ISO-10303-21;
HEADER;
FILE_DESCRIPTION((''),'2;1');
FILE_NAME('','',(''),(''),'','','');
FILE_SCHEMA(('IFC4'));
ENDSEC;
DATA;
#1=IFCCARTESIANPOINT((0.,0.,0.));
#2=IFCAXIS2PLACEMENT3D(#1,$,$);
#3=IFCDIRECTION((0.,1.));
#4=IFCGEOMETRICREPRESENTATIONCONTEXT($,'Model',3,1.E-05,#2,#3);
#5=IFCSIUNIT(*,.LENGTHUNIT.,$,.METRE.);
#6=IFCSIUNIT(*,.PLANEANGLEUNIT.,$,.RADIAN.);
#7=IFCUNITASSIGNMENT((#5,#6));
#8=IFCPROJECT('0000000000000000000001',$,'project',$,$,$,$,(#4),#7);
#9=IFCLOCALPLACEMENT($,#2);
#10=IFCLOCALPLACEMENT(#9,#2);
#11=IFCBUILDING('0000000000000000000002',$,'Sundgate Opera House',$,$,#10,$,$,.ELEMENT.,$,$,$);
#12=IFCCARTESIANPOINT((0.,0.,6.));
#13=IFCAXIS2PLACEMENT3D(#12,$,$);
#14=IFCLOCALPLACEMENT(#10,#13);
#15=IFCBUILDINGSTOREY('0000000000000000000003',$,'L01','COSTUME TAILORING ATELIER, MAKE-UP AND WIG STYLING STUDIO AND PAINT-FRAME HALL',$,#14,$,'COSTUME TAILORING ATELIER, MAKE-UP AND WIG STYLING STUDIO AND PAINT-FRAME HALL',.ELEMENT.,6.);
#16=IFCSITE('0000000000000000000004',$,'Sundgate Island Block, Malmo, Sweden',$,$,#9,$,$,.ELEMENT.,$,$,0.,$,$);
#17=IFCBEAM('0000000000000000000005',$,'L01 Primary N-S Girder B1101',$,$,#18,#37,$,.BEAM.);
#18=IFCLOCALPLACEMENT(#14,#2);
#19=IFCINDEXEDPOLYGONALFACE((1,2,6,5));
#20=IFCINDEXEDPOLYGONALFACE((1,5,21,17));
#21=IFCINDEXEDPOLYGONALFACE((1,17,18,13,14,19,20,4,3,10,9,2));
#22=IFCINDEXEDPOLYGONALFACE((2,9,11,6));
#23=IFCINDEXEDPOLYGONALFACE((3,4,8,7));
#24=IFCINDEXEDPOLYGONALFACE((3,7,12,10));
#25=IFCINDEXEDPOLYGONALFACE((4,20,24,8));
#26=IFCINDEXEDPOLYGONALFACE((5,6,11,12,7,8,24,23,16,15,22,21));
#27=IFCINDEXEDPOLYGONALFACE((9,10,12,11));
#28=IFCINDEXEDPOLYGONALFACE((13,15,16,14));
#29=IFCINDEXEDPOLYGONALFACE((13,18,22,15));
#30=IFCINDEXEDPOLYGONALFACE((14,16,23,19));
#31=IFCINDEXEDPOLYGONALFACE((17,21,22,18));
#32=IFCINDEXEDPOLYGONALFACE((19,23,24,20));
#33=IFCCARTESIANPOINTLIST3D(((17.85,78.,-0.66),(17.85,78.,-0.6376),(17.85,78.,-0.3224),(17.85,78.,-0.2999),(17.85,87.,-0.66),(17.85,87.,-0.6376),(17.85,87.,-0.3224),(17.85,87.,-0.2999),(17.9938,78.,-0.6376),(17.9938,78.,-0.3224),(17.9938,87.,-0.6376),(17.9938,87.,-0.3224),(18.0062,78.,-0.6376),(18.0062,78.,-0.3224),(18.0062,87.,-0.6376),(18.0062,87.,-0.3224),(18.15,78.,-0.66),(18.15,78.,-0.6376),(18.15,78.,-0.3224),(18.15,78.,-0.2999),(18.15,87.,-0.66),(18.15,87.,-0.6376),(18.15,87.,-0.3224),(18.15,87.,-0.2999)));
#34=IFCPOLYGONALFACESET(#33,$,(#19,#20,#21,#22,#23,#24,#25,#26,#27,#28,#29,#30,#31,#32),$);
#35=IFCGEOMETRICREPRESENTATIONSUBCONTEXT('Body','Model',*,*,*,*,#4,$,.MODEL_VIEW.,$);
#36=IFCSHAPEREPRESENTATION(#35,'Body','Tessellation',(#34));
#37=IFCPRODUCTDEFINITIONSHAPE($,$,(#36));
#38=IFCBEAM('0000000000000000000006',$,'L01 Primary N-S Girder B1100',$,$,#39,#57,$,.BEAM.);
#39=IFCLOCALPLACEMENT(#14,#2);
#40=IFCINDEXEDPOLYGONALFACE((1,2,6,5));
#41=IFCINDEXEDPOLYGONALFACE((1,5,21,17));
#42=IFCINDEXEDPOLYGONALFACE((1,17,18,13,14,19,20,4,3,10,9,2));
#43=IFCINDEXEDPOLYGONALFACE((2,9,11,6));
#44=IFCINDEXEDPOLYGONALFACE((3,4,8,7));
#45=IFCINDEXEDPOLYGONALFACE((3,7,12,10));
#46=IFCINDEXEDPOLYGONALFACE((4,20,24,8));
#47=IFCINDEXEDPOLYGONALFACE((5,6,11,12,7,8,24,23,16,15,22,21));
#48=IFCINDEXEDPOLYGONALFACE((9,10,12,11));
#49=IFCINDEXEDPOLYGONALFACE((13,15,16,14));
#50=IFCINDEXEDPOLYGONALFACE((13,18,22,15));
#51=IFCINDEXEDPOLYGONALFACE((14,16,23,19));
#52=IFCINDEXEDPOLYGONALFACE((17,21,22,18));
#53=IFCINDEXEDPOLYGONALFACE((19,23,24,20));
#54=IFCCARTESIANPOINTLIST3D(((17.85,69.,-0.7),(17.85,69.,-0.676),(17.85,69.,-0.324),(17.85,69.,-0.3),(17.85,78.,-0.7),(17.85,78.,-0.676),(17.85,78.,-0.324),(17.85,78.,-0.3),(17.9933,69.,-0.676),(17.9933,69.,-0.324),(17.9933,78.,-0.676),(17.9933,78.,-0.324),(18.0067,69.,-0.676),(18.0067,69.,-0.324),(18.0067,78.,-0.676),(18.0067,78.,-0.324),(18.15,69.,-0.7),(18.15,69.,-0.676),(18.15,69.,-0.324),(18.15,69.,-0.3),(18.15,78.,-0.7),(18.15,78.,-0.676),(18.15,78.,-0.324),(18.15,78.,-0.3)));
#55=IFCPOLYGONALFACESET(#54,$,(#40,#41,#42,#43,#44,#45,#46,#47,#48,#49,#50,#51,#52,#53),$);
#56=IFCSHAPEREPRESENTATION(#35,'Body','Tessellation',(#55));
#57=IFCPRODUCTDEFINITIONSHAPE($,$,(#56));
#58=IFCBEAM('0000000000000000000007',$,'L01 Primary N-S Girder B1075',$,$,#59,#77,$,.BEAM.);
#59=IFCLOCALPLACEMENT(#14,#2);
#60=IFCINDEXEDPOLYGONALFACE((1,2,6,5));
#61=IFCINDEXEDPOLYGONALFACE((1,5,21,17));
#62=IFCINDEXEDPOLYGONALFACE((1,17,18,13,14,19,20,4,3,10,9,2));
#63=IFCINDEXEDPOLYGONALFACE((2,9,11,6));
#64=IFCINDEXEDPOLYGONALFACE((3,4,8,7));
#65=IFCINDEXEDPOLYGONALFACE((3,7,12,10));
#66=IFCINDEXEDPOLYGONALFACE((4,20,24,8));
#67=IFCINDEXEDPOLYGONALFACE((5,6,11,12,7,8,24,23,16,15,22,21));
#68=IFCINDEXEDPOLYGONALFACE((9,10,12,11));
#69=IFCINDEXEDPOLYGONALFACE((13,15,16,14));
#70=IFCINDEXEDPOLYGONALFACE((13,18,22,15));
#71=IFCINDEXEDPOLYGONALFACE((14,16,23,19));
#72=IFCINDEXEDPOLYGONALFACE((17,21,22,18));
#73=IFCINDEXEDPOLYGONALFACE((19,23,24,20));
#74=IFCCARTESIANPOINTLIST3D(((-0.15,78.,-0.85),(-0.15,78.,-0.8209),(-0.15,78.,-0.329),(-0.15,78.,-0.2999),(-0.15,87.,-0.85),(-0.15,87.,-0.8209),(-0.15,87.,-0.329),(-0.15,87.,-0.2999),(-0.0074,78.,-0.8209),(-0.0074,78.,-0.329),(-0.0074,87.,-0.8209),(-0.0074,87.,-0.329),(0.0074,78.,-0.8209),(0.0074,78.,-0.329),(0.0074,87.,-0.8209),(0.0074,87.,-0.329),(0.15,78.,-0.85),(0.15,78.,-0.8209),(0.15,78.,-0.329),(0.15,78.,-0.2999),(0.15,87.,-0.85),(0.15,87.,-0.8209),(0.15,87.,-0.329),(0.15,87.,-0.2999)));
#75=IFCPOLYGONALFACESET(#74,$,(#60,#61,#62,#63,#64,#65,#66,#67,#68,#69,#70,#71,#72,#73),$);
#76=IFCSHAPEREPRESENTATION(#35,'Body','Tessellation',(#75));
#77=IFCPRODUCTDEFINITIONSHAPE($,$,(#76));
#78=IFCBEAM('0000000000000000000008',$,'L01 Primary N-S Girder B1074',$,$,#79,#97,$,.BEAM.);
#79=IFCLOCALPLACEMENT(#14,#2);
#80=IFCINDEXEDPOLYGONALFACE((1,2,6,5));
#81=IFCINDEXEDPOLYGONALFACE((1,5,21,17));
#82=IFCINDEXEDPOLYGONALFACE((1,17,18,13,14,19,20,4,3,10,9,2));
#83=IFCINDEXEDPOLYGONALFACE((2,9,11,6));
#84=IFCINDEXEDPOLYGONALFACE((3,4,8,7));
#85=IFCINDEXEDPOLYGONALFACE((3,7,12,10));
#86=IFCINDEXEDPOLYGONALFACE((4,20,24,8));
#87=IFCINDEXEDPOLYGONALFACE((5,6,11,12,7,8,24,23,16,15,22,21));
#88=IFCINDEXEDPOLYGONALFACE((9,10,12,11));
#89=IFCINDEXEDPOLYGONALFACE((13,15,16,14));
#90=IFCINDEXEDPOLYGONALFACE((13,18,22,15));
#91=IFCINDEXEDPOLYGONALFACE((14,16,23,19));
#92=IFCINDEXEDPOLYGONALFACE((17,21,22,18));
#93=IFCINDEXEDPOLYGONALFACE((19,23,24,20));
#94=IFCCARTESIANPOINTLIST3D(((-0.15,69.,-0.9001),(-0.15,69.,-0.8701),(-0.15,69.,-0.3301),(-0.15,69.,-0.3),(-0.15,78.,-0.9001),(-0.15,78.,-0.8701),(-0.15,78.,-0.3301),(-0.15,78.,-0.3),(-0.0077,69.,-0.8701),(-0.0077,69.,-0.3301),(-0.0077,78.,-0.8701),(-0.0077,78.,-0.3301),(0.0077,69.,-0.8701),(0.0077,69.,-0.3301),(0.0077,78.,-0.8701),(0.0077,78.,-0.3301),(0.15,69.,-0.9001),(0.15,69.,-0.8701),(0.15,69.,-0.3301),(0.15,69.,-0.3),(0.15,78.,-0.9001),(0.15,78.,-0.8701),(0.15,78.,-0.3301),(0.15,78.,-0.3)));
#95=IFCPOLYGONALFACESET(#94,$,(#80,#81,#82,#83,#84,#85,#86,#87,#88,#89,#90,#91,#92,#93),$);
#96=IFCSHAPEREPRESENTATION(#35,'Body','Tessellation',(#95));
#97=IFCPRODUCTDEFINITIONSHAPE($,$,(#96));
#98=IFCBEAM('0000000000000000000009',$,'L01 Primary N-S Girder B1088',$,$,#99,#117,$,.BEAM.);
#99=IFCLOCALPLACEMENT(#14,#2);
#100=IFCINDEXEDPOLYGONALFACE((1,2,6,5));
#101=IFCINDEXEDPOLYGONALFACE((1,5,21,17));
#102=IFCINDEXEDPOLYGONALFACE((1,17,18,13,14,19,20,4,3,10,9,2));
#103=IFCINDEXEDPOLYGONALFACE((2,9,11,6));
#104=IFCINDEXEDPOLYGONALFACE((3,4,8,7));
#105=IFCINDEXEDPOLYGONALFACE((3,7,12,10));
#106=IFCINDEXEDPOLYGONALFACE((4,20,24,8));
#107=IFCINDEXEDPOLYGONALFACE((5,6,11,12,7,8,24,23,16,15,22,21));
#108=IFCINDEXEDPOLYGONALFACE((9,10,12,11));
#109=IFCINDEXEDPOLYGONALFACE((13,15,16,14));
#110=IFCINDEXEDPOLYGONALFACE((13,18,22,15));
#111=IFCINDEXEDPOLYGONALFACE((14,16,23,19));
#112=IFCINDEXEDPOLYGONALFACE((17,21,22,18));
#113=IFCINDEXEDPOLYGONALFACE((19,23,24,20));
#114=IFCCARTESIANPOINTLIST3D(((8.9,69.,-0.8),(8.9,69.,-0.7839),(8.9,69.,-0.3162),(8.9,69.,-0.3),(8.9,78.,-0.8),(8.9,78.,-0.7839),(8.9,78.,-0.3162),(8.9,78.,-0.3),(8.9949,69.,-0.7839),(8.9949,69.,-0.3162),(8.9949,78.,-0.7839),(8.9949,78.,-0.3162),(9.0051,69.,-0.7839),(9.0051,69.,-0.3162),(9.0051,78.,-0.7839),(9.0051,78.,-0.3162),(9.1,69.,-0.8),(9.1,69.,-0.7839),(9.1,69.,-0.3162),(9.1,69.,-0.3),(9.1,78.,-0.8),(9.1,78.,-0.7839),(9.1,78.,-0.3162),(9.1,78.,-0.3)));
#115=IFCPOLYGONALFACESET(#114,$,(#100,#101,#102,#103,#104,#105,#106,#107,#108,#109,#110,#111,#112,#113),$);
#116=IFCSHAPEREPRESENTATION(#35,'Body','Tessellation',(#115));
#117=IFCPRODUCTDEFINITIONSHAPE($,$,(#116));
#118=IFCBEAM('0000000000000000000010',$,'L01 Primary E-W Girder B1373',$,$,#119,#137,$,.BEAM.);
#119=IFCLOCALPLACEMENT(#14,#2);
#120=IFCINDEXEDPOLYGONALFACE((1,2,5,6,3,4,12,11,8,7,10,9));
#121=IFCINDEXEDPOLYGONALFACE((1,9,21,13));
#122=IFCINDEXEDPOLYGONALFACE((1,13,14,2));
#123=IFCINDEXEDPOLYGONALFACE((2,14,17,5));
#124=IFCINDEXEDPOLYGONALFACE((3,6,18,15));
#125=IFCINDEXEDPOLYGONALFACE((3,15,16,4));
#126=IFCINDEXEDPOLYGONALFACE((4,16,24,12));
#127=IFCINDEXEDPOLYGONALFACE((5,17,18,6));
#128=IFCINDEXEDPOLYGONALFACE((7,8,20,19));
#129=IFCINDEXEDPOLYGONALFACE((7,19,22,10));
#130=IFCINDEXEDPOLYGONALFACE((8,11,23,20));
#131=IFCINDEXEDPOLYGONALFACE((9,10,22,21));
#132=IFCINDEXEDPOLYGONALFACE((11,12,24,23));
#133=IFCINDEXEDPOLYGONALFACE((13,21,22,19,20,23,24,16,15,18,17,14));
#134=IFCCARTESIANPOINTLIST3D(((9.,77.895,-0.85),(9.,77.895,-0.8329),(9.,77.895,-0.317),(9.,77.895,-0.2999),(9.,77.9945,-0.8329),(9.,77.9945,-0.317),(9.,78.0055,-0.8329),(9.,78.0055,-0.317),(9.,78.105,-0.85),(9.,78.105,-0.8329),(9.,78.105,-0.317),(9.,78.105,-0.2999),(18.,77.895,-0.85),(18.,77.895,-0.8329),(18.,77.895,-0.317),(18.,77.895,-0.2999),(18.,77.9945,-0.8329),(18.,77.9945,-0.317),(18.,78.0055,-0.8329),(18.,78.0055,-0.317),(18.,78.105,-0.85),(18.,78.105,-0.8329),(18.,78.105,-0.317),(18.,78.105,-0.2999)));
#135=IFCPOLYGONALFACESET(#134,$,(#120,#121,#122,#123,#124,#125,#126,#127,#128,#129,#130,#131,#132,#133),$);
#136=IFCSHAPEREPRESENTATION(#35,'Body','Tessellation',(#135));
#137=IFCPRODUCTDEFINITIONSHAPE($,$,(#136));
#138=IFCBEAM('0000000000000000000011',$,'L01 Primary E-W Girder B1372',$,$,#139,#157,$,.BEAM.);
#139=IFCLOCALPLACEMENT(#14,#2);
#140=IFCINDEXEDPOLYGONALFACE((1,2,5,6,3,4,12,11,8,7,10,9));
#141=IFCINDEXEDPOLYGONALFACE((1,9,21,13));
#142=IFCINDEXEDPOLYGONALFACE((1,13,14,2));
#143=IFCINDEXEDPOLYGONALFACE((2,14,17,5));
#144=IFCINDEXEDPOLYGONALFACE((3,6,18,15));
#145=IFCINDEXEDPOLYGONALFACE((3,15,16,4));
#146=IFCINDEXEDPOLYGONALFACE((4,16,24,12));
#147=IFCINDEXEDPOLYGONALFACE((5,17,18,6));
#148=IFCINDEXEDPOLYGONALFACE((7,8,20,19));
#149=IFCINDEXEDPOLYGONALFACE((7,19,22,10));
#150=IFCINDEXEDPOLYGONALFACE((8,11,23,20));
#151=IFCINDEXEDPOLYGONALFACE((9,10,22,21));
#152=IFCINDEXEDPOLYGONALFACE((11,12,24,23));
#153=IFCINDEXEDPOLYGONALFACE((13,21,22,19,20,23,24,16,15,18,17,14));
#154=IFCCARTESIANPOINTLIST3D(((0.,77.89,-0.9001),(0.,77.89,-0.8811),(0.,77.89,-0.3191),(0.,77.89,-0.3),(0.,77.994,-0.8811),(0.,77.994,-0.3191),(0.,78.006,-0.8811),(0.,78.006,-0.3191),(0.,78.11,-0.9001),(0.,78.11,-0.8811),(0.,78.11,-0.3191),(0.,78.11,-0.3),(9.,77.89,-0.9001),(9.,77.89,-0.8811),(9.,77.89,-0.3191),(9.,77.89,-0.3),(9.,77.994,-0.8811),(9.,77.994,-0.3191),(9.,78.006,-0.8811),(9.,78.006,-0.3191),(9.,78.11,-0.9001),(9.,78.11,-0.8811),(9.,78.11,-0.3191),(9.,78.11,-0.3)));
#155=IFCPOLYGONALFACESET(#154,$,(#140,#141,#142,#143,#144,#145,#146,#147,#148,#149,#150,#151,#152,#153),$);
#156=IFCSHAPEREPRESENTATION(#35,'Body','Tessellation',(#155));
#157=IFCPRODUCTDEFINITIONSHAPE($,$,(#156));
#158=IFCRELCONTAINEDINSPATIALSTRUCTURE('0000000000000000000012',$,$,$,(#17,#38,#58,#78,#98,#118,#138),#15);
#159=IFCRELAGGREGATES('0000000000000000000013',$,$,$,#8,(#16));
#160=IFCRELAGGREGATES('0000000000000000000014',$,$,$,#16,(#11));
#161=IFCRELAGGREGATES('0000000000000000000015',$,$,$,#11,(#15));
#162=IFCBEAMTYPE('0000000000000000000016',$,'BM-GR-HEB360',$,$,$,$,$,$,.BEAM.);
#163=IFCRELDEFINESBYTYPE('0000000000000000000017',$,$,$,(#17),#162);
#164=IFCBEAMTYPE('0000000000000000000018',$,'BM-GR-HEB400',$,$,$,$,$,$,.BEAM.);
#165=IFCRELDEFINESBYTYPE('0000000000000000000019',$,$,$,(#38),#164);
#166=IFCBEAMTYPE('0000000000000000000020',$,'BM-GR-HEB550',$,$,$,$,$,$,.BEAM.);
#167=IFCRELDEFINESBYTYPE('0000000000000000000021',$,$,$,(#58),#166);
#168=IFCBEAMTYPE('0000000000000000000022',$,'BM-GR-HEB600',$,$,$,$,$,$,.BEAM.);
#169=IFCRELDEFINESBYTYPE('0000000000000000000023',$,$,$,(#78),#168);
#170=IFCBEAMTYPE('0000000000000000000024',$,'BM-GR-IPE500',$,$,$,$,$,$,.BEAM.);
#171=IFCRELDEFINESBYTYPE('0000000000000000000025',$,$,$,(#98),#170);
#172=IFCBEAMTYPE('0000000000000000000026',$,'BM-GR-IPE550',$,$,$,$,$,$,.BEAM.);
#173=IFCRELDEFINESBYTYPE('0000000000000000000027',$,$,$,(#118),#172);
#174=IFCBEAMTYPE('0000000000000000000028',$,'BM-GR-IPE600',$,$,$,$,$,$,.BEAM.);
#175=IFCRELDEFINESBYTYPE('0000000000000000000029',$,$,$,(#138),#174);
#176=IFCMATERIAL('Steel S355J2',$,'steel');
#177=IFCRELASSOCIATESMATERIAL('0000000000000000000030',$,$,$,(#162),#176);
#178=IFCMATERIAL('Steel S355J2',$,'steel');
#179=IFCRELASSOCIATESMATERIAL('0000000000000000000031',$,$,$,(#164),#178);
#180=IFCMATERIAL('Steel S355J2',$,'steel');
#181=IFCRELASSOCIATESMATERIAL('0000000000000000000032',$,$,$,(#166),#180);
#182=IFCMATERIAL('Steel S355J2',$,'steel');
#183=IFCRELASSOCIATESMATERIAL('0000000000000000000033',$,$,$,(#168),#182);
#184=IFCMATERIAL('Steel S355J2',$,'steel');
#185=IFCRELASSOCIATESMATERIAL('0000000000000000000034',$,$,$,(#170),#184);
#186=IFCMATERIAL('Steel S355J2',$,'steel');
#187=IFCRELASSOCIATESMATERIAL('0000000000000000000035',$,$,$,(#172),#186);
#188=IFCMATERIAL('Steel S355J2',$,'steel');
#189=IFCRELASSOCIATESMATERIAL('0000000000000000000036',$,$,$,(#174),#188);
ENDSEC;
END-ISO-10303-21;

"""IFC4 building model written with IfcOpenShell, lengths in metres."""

from ifc_helpers import new_model, si_unit, direction, frame, origin, origin_2d, place, context, subcontext, project, spatial, i_section, extrude, material, material_profile, profile_set, type_object, element, save


model = new_model("IFC4")

# Units and contexts
model_context = context("Model", 3, precision=1e-05, world=origin(), true_north=direction((0.0, 1.0)))
body_context = subcontext(model_context, "Body", "Model", "MODEL_VIEW")
ifc_project = project(units=[si_unit("LENGTHUNIT", "METRE"), si_unit("PLANEANGLEUNIT", "RADIAN")], contexts=[model_context])

# Site, building, storey
site_placement = place(None, origin())
site = spatial("IfcSite", under=ifc_project, at=site_placement, Name="Sundgate Island Block, Malmo, Sweden", CompositionType="ELEMENT", RefElevation=0.0)
building_placement = place(site_placement, origin())
building = spatial("IfcBuilding", under=site, at=building_placement, Name="Sundgate Opera House", CompositionType="ELEMENT")
storey_placement = place(building_placement, frame((0.0, 0.0, 6.0)))
storey = spatial("IfcBuildingStorey", under=building, at=storey_placement, Name="L01", Description="COSTUME TAILORING ATELIER, MAKE-UP AND WIG STYLING STUDIO AND PAINT-FRAME HALL", LongName="COSTUME TAILORING ATELIER, MAKE-UP AND WIG STYLING STUDIO AND PAINT-FRAME HALL", CompositionType="ELEMENT", Elevation=6.0)

# Beams
ifc_material_1 = material(Name="Steel S355J2", Category="steel")
ifc_material_profile_1 = material_profile(ifc_material_1, i_section(OverallWidth=0.3, OverallDepth=0.3601, WebThickness=0.0125, FlangeThickness=0.0225, at=origin_2d()), Name="HEB 360")
ifc_profile_set_1 = profile_set([ifc_material_profile_1], Name="Steel S355J2")
beam_type_1 = type_object("IfcBeamType", Name="BM-GR-HEB360", PredefinedType="BEAM", material=ifc_profile_set_1)
beam_1_placement = place(storey_placement, frame((18.0, 78.0, -0.48), z_axis=(0.0, 1.0, 0.0), x_axis=(-1.0, 0.0, 0.0)))
element("IfcBeam", 1, at=beam_1_placement, inside=storey, type_object=beam_type_1, Name="L01 Primary N-S Girder B1101", PredefinedType="BEAM", context=body_context, shape_type="SweptSolid", body=[
    extrude(i_section(OverallWidth=0.3, OverallDepth=0.3601, WebThickness=0.0125, FlangeThickness=0.0225, at=origin_2d()), origin(), (0.0, 0.0, 1.0), 9.0),
])
ifc_material_2 = material(Name="Steel S355J2", Category="steel")
ifc_material_profile_2 = material_profile(ifc_material_2, i_section(OverallWidth=0.3, OverallDepth=0.3999, WebThickness=0.0134, FlangeThickness=0.0239, at=origin_2d()), Name="HEB 400")
ifc_profile_set_2 = profile_set([ifc_material_profile_2], Name="Steel S355J2")
beam_type_2 = type_object("IfcBeamType", Name="BM-GR-HEB400", PredefinedType="BEAM", material=ifc_profile_set_2)
beam_2_placement = place(storey_placement, frame((18.0, 69.0, -0.5), z_axis=(0.0, 1.0, 0.0), x_axis=(-1.0, 0.0, 0.0)))
element("IfcBeam", 2, at=beam_2_placement, inside=storey, type_object=beam_type_2, Name="L01 Primary N-S Girder B1100", PredefinedType="BEAM", context=body_context, shape_type="SweptSolid", body=[
    extrude(i_section(OverallWidth=0.3, OverallDepth=0.3999, WebThickness=0.0134, FlangeThickness=0.0239, at=origin_2d()), origin(), (0.0, 0.0, 1.0), 9.0),
])
ifc_material_3 = material(Name="Steel S355J2", Category="steel")
ifc_material_profile_3 = material_profile(ifc_material_3, i_section(OverallWidth=0.3, OverallDepth=0.55, WebThickness=0.0149, FlangeThickness=0.0291, at=origin_2d()), Name="HEB 550")
ifc_profile_set_3 = profile_set([ifc_material_profile_3], Name="Steel S355J2")
beam_type_3 = type_object("IfcBeamType", Name="BM-GR-HEB550", PredefinedType="BEAM", material=ifc_profile_set_3)
beam_3_placement = place(storey_placement, frame((0.0, 78.0, -0.575), z_axis=(0.0, 1.0, 0.0), x_axis=(-1.0, 0.0, 0.0)))
element("IfcBeam", 3, at=beam_3_placement, inside=storey, type_object=beam_type_3, Name="L01 Primary N-S Girder B1075", PredefinedType="BEAM", context=body_context, shape_type="SweptSolid", body=[
    extrude(i_section(OverallWidth=0.3, OverallDepth=0.55, WebThickness=0.0149, FlangeThickness=0.0291, at=origin_2d()), origin(), (0.0, 0.0, 1.0), 9.0),
])
ifc_material_4 = material(Name="Steel S355J2", Category="steel")
ifc_material_profile_4 = material_profile(ifc_material_4, i_section(OverallWidth=0.3, OverallDepth=0.6001, WebThickness=0.0154, FlangeThickness=0.03, at=origin_2d()), Name="HEB 600")
ifc_profile_set_4 = profile_set([ifc_material_profile_4], Name="Steel S355J2")
beam_type_4 = type_object("IfcBeamType", Name="BM-GR-HEB600", PredefinedType="BEAM", material=ifc_profile_set_4)
beam_4_placement = place(storey_placement, frame((0.0, 69.0, -0.6001), z_axis=(0.0, 1.0, 0.0), x_axis=(-1.0, 0.0, 0.0)))
element("IfcBeam", 4, at=beam_4_placement, inside=storey, type_object=beam_type_4, Name="L01 Primary N-S Girder B1074", PredefinedType="BEAM", context=body_context, shape_type="SweptSolid", body=[
    extrude(i_section(OverallWidth=0.3, OverallDepth=0.6001, WebThickness=0.0154, FlangeThickness=0.03, at=origin_2d()), origin(), (0.0, 0.0, 1.0), 9.0),
])
ifc_material_5 = material(Name="Steel S355J2", Category="steel")
ifc_material_profile_5 = material_profile(ifc_material_5, i_section(OverallWidth=0.2, OverallDepth=0.5, WebThickness=0.0103, FlangeThickness=0.0161, at=origin_2d()), Name="IPE 500")
ifc_profile_set_5 = profile_set([ifc_material_profile_5], Name="Steel S355J2")
beam_type_5 = type_object("IfcBeamType", Name="BM-GR-IPE500", PredefinedType="BEAM", material=ifc_profile_set_5)
beam_5_placement = place(storey_placement, frame((9.0, 69.0, -0.55), z_axis=(0.0, 1.0, 0.0), x_axis=(-1.0, 0.0, 0.0)))
element("IfcBeam", 5, at=beam_5_placement, inside=storey, type_object=beam_type_5, Name="L01 Primary N-S Girder B1088", PredefinedType="BEAM", context=body_context, shape_type="SweptSolid", body=[
    extrude(i_section(OverallWidth=0.2, OverallDepth=0.5, WebThickness=0.0103, FlangeThickness=0.0161, at=origin_2d()), origin(), (0.0, 0.0, 1.0), 9.0),
])
ifc_material_6 = material(Name="Steel S355J2", Category="steel")
ifc_material_profile_6 = material_profile(ifc_material_6, i_section(OverallWidth=0.21, OverallDepth=0.55, WebThickness=0.011, FlangeThickness=0.0171, at=origin_2d()), Name="IPE 550")
ifc_profile_set_6 = profile_set([ifc_material_profile_6], Name="Steel S355J2")
beam_type_6 = type_object("IfcBeamType", Name="BM-GR-IPE550", PredefinedType="BEAM", material=ifc_profile_set_6)
beam_6_placement = place(storey_placement, frame((9.0, 78.0, -0.575), z_axis=(1.0, 0.0, 0.0), x_axis=(0.0, 1.0, 0.0)))
element("IfcBeam", 6, at=beam_6_placement, inside=storey, type_object=beam_type_6, Name="L01 Primary E-W Girder B1373", PredefinedType="BEAM", context=body_context, shape_type="SweptSolid", body=[
    extrude(i_section(OverallWidth=0.21, OverallDepth=0.55, WebThickness=0.011, FlangeThickness=0.0171, at=origin_2d()), origin(), (0.0, 0.0, 1.0), 9.0),
])
ifc_material_7 = material(Name="Steel S355J2", Category="steel")
ifc_material_profile_7 = material_profile(ifc_material_7, i_section(OverallWidth=0.22, OverallDepth=0.6001, WebThickness=0.012, FlangeThickness=0.019, at=origin_2d()), Name="IPE 600")
ifc_profile_set_7 = profile_set([ifc_material_profile_7], Name="Steel S355J2")
beam_type_7 = type_object("IfcBeamType", Name="BM-GR-IPE600", PredefinedType="BEAM", material=ifc_profile_set_7)
beam_7_placement = place(storey_placement, frame((0.0, 78.0, -0.6001), z_axis=(1.0, 0.0, 0.0), x_axis=(0.0, 1.0, 0.0)))
element("IfcBeam", 7, at=beam_7_placement, inside=storey, type_object=beam_type_7, Name="L01 Primary E-W Girder B1372", PredefinedType="BEAM", context=body_context, shape_type="SweptSolid", body=[
    extrude(i_section(OverallWidth=0.22, OverallDepth=0.6001, WebThickness=0.012, FlangeThickness=0.019, at=origin_2d()), origin(), (0.0, 0.0, 1.0), 9.0),
])

save(model, "model.ifc")
